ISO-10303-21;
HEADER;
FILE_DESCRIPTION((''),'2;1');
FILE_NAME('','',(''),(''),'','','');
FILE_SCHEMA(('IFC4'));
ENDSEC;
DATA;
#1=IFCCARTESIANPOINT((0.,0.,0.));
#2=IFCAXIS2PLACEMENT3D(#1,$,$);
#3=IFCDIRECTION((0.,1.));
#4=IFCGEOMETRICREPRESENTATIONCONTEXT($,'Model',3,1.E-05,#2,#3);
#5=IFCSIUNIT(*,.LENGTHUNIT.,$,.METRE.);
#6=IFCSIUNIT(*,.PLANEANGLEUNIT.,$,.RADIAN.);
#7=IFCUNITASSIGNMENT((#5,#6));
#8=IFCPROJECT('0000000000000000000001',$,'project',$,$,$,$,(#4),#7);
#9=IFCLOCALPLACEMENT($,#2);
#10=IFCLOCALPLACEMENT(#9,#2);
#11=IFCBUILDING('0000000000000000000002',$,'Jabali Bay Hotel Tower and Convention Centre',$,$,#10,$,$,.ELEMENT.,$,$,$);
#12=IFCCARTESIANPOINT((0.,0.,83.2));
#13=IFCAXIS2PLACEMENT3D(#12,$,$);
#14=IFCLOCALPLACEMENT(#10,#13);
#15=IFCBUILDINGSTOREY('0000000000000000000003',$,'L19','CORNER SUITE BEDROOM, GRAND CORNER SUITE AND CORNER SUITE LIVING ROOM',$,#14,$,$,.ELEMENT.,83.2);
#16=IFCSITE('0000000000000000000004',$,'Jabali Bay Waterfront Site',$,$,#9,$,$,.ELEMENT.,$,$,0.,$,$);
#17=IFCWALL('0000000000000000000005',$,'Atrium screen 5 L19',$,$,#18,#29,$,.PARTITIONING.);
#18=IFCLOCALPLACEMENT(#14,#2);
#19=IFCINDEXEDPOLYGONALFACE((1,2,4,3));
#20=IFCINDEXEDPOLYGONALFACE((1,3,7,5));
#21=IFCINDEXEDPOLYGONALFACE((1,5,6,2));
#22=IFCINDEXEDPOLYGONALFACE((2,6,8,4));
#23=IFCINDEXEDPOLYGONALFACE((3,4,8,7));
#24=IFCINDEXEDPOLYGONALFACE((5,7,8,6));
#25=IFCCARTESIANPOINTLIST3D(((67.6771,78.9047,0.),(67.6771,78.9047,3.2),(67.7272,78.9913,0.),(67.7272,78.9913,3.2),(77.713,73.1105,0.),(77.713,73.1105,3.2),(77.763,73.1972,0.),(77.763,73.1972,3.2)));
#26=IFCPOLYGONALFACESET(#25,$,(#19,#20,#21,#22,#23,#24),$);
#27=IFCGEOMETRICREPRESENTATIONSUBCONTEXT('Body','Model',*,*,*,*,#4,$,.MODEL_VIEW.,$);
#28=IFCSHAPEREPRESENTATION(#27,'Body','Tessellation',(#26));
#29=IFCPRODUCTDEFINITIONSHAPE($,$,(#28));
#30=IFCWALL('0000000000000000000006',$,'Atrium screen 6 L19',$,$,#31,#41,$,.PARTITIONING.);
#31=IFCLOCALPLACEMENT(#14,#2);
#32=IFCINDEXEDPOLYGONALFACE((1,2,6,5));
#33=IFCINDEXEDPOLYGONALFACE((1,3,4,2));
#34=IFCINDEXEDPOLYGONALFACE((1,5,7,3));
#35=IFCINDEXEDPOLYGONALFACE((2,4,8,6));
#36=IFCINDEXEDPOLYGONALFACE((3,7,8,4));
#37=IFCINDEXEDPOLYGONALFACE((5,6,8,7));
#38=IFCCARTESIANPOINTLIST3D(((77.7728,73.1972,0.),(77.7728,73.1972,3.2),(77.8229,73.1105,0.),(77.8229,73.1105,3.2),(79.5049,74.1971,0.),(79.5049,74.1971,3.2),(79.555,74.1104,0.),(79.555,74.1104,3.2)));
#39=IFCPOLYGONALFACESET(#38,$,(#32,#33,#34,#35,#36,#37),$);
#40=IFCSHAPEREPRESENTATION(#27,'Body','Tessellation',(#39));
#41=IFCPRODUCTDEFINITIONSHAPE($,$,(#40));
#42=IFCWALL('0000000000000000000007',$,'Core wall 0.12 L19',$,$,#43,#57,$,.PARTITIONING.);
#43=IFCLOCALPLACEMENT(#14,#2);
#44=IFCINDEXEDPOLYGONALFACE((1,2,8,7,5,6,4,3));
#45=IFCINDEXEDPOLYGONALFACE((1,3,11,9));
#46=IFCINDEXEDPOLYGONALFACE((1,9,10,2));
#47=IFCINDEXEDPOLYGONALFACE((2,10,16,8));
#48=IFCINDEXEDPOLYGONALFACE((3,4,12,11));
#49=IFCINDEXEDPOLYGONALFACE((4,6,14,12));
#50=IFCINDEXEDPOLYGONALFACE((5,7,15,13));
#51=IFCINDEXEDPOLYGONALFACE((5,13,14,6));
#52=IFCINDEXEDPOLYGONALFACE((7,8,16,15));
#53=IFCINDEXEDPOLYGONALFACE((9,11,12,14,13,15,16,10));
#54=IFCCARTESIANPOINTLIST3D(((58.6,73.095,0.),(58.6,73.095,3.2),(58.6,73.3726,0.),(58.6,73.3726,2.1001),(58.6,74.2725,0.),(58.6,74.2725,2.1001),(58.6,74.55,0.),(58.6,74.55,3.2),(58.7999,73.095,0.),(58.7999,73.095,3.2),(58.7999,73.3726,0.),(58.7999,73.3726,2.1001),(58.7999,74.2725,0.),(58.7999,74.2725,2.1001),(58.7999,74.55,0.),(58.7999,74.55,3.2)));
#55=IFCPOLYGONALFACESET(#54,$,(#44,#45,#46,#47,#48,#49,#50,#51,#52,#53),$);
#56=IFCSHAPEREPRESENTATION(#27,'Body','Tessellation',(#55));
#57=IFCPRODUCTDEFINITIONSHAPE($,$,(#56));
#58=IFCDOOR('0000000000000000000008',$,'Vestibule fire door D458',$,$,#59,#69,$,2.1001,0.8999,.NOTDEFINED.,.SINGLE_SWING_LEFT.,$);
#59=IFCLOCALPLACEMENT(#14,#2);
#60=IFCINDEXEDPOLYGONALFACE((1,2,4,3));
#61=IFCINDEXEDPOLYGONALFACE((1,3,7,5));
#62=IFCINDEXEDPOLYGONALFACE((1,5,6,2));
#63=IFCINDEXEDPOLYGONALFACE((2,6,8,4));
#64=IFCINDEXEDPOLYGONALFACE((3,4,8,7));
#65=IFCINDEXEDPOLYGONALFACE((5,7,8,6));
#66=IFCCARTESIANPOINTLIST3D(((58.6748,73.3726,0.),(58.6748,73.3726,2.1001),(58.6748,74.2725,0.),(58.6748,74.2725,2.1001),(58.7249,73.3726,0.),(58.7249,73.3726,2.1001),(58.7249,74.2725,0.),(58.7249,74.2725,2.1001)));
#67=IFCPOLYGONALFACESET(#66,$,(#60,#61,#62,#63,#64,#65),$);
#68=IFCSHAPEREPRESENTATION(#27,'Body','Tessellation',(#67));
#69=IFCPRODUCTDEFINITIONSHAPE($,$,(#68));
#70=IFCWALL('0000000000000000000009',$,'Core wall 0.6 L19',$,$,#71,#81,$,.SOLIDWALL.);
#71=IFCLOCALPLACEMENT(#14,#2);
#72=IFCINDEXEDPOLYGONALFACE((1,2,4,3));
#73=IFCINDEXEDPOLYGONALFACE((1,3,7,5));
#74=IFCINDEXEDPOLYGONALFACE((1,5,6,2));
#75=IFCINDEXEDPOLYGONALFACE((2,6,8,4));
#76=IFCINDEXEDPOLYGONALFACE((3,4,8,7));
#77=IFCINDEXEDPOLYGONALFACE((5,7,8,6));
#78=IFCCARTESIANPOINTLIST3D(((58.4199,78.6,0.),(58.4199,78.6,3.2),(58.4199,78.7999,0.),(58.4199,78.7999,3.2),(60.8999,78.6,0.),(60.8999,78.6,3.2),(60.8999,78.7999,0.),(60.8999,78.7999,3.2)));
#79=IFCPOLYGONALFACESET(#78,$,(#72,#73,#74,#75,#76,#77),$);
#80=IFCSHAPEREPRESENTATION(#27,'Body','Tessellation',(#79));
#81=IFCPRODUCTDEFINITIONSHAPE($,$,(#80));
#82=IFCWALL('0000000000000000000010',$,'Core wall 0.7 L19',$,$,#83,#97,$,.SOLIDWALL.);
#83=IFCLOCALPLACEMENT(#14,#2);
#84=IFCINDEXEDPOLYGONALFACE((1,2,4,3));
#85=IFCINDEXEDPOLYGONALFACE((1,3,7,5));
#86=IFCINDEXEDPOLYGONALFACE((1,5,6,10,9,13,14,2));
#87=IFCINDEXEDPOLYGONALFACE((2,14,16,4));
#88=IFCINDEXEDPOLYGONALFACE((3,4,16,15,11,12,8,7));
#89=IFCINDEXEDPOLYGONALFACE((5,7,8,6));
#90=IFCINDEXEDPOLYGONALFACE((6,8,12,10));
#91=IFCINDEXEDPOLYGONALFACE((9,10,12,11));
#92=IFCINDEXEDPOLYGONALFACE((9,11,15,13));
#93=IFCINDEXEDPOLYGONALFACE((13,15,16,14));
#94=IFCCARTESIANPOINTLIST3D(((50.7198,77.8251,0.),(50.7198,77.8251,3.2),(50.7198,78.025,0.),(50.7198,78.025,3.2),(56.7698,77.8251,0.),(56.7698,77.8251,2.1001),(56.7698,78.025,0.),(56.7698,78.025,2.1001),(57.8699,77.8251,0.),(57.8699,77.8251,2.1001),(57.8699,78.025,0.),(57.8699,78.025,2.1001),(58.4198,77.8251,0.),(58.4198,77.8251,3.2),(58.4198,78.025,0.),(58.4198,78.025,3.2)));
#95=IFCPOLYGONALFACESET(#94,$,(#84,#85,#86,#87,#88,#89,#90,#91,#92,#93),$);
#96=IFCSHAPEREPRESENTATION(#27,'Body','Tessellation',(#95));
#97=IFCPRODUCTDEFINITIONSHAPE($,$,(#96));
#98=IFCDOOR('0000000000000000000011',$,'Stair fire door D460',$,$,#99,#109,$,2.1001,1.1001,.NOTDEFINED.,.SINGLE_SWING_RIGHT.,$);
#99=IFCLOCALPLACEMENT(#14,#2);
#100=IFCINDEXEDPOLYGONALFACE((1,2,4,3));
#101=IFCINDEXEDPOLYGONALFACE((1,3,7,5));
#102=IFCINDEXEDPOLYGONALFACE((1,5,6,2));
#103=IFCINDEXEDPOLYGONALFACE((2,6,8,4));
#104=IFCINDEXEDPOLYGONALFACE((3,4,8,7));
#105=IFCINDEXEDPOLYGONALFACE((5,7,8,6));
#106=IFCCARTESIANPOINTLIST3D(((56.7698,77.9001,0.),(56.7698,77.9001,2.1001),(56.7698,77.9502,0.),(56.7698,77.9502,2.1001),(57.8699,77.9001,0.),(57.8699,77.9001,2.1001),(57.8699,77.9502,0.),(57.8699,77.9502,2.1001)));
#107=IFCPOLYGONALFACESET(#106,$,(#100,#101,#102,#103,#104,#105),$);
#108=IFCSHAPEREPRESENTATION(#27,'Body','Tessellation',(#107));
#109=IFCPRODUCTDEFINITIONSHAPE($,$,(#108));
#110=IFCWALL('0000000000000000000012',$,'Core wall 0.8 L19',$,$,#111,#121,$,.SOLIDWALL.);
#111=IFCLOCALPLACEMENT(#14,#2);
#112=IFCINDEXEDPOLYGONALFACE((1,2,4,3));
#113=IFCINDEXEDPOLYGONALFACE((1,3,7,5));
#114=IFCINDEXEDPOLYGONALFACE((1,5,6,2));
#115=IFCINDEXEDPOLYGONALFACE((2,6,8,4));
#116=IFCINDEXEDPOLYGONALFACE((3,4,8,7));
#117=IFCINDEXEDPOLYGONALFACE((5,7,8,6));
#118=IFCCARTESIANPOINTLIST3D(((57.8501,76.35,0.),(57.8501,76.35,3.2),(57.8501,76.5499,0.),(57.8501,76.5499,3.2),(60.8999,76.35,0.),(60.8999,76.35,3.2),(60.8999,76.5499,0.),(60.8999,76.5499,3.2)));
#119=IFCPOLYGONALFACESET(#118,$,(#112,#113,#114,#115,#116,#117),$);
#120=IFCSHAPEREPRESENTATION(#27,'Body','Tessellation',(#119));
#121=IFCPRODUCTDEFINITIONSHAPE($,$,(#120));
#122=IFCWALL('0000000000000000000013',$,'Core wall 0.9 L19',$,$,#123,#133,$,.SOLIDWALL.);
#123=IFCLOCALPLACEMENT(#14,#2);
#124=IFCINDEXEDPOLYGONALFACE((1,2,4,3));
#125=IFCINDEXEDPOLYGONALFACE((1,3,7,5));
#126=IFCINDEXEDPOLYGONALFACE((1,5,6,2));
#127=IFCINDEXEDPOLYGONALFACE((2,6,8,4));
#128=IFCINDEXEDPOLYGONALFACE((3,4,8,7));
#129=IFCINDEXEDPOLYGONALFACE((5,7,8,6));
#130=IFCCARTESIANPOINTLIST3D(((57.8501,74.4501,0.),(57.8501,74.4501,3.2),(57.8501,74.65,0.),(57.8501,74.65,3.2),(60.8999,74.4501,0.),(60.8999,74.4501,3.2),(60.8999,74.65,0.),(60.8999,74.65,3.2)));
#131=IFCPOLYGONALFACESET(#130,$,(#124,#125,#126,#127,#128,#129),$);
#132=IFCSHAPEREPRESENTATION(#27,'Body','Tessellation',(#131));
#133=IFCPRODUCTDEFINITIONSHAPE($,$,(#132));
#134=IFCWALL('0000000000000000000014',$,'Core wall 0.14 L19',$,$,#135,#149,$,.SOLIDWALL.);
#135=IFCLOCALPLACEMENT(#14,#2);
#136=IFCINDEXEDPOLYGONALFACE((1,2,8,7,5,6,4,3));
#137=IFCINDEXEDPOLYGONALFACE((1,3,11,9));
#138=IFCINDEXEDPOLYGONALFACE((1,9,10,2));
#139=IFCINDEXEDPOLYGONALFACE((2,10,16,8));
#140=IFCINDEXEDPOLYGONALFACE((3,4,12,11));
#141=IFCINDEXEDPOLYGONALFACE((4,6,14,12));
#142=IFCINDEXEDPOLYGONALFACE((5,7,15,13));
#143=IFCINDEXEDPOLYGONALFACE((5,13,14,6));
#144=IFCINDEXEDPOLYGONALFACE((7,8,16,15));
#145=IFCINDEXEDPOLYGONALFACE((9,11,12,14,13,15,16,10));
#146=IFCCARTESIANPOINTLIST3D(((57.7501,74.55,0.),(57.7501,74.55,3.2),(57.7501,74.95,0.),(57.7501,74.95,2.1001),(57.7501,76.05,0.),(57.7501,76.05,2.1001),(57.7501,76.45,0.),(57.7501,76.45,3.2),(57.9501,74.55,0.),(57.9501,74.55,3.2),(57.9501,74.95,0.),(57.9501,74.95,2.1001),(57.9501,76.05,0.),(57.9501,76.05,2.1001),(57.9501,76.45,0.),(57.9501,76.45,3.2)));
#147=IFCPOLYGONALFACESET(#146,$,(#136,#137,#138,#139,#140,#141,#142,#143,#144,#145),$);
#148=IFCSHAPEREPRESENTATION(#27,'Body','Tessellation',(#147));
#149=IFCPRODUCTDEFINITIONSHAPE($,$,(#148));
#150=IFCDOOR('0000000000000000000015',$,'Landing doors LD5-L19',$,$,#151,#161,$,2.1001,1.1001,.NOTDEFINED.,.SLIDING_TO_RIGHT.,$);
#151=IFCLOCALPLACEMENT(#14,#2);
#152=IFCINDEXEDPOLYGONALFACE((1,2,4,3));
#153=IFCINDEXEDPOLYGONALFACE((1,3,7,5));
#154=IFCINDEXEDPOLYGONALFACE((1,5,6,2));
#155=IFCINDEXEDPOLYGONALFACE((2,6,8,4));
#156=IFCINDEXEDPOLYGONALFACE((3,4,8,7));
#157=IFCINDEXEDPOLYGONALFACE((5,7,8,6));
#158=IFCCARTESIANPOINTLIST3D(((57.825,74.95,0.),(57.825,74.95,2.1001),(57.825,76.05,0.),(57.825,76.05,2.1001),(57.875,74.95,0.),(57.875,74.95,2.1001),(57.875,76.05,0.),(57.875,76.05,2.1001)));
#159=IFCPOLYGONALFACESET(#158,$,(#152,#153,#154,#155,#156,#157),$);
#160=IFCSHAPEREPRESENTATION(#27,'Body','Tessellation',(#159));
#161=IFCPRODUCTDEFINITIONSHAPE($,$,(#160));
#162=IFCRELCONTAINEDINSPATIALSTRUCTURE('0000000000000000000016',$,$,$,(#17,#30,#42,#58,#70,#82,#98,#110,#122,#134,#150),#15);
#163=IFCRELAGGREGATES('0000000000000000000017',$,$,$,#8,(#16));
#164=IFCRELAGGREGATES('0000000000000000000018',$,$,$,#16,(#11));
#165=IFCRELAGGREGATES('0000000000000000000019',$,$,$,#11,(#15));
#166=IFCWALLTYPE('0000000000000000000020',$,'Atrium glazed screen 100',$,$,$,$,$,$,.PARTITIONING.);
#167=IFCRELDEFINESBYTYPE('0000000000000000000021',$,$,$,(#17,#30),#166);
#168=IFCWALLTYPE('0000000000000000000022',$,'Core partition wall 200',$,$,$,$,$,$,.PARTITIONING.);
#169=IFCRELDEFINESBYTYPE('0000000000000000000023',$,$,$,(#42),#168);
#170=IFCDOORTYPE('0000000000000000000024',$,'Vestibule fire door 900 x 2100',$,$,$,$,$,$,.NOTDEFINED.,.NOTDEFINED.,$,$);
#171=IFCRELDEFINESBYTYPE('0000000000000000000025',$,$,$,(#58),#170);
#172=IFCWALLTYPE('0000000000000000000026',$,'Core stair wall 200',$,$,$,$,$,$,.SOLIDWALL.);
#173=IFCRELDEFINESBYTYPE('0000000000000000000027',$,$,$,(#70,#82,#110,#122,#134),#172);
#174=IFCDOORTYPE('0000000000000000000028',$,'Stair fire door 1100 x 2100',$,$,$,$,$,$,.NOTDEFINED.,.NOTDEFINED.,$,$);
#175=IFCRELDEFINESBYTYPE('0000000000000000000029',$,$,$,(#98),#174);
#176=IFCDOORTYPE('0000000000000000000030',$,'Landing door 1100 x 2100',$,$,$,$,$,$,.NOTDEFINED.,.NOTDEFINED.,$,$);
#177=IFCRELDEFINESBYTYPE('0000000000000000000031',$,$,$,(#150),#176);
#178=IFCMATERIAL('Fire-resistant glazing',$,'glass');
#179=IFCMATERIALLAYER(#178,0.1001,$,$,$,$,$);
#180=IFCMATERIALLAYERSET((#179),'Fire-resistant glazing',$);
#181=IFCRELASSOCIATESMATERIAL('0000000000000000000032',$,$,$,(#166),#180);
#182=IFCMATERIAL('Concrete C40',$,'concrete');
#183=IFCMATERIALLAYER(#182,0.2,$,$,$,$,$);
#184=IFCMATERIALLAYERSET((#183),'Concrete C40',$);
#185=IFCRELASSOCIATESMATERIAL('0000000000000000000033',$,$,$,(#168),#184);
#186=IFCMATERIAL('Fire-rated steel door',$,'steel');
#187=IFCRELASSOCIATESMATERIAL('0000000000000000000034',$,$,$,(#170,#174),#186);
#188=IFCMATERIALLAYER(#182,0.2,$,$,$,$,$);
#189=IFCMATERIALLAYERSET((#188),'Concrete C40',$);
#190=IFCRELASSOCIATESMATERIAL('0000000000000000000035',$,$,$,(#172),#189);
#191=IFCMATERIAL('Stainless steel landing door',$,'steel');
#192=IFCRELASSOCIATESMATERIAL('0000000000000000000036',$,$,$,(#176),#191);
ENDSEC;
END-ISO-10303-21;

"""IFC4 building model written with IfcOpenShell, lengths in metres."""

from ifc_helpers import new_model, si_unit, direction, frame, frame_2d, origin, place, context, subcontext, project, spatial, rectangle, extrude, material, layer, layer_set, type_object, element, fill, save


model = new_model("IFC4")

# Units and contexts
model_context = context("Model", 3, precision=1e-05, world=origin(), true_north=direction((0.0, 1.0)))
body_context = subcontext(model_context, "Body", "Model", "MODEL_VIEW")
ifc_project = project(units=[si_unit("LENGTHUNIT", "METRE"), si_unit("PLANEANGLEUNIT", "RADIAN")], contexts=[model_context])

# Site, building, storey
site_placement = place(None, origin())
site = spatial("IfcSite", under=ifc_project, at=site_placement, Name="Jabali Bay Waterfront Site", CompositionType="ELEMENT", RefElevation=0.0)
building_placement = place(site_placement, origin())
building = spatial("IfcBuilding", under=site, at=building_placement, Name="Jabali Bay Hotel Tower and Convention Centre", CompositionType="ELEMENT")
storey_placement = place(building_placement, frame((0.0, 0.0, 83.2)))
storey = spatial("IfcBuildingStorey", under=building, at=storey_placement, Name="L19", Description="CORNER SUITE BEDROOM, GRAND CORNER SUITE AND CORNER SUITE LIVING ROOM", CompositionType="ELEMENT", Elevation=83.2)

# Walls
ifc_material_1 = material(Name="Fire-resistant glazing", Category="glass")
ifc_layer_1 = layer(ifc_material_1, 0.1001)
ifc_layer_set_1 = layer_set([ifc_layer_1], Name="Fire-resistant glazing")
wall_type_1 = type_object("IfcWallType", Name="Atrium glazed screen 100", PredefinedType="PARTITIONING", material=ifc_layer_set_1)
wall_1_placement = place(storey_placement, frame((67.7021, 78.948, 0.0), z_axis=(0.0, 0.0, 1.0), x_axis=(0.866027, -0.499998, 0.0)))
element("IfcWall", 1, at=wall_1_placement, inside=storey, type_object=wall_type_1, Name="Atrium screen 5 L19", PredefinedType="PARTITIONING", context=body_context, shape_type="SweptSolid", body=[
    extrude(rectangle(XDim=11.5884, YDim=0.1001, at=frame_2d((5.7942, 0.0))), origin(), (0.0, 0.0, 1.0), 3.2),
])
wall_2_placement = place(storey_placement, frame((77.7979, 73.1538, 0.0), z_axis=(0.0, 0.0, 1.0), x_axis=(0.866041, 0.499973, 0.0)))
element("IfcWall", 2, at=wall_2_placement, inside=storey, type_object=wall_type_1, Name="Atrium screen 6 L19", PredefinedType="PARTITIONING", context=body_context, shape_type="SweptSolid", body=[
    extrude(rectangle(XDim=2.0, YDim=0.1001, at=frame_2d((1.0, 0.0))), origin(), (0.0, 0.0, 1.0), 3.2),
])

# Wall, opening, door
ifc_material_2 = material(Name="Concrete C40", Category="concrete")
ifc_layer_2 = layer(ifc_material_2, 0.2)
ifc_layer_set_2 = layer_set([ifc_layer_2], Name="Concrete C40")
wall_type_2 = type_object("IfcWallType", Name="Core partition wall 200", PredefinedType="PARTITIONING", material=ifc_layer_set_2)
wall_3_placement = place(storey_placement, frame((58.7, 74.55, 0.0), z_axis=(0.0, 0.0, 1.0), x_axis=(0.0, -1.0, 0.0)))
wall_3 = element("IfcWall", 3, at=wall_3_placement, inside=storey, type_object=wall_type_2, Name="Core wall 0.12 L19", PredefinedType="PARTITIONING", context=body_context, shape_type="SweptSolid", body=[
    extrude(rectangle(XDim=1.4551, YDim=0.2, at=frame_2d((0.7275, 0.0))), origin(), (0.0, 0.0, 1.0), 3.2),
])
opening_1_placement = place(wall_3_placement, frame((0.2776, 0.0, 0.0)))
opening_1 = element("IfcOpeningElement", 4, at=opening_1_placement, cuts=wall_3, PredefinedType="OPENING", context=body_context, shape_type="SweptSolid", body=[
    extrude(rectangle(XDim=0.8999, YDim=2.1001, at=frame_2d((0.45, 1.05))), frame((0.0, 0.1104, 0.0), z_axis=(0.0, -1.0, 0.0), x_axis=(1.0, 0.0, 0.0)), (0.0, 0.0, 1.0), 0.2209),
])
ifc_material_3 = material(Name="Fire-rated steel door", Category="steel")
door_type_1 = type_object("IfcDoorType", Name="Vestibule fire door 900 x 2100", OperationType="NOTDEFINED", PredefinedType="NOTDEFINED", material=ifc_material_3)
door_1_placement = place(opening_1_placement, origin())
door_1 = element("IfcDoor", 5, at=door_1_placement, inside=storey, type_object=door_type_1, Name="Vestibule fire door D458", OperationType="SINGLE_SWING_LEFT", OverallHeight=2.1001, OverallWidth=0.8999, PredefinedType="NOTDEFINED", context=body_context, shape_type="SweptSolid", body=[
    extrude(rectangle(XDim=0.8999, YDim=2.1001, at=frame_2d((0.45, 1.05))), frame((0.0, 0.0249, 0.0), z_axis=(0.0, -1.0, 0.0), x_axis=(1.0, 0.0, 0.0)), (0.0, 0.0, 1.0), 0.05),
])
fill(opening_1, door_1)

# Wall
ifc_layer_3 = layer(ifc_material_2, 0.2)
ifc_layer_set_3 = layer_set([ifc_layer_3], Name="Concrete C40")
wall_type_3 = type_object("IfcWallType", Name="Core stair wall 200", PredefinedType="SOLIDWALL", material=ifc_layer_set_3)
wall_4_placement = place(storey_placement, frame((60.8999, 78.7, 0.0), z_axis=(0.0, 0.0, 1.0), x_axis=(-1.0, 0.0, 0.0)))
element("IfcWall", 6, at=wall_4_placement, inside=storey, type_object=wall_type_3, Name="Core wall 0.6 L19", PredefinedType="SOLIDWALL", context=body_context, shape_type="SweptSolid", body=[
    extrude(rectangle(XDim=2.48, YDim=0.2, at=frame_2d((1.24, 0.0))), origin(), (0.0, 0.0, 1.0), 3.2),
])

# Wall, opening, door
wall_5_placement = place(storey_placement, frame((58.4199, 77.925, 0.0), z_axis=(0.0, 0.0, 1.0), x_axis=(-1.0, 0.0, 0.0)))
wall_5 = element("IfcWall", 7, at=wall_5_placement, inside=storey, type_object=wall_type_3, Name="Core wall 0.7 L19", PredefinedType="SOLIDWALL", context=body_context, shape_type="SweptSolid", body=[
    extrude(rectangle(XDim=7.7, YDim=0.2, at=frame_2d((3.8501, 0.0))), origin(), (0.0, 0.0, 1.0), 3.2),
])
opening_2_placement = place(wall_5_placement, frame((0.55, 0.0, 0.0)))
opening_2 = element("IfcOpeningElement", 8, at=opening_2_placement, cuts=wall_5, PredefinedType="OPENING", context=body_context, shape_type="SweptSolid", body=[
    extrude(rectangle(XDim=1.1001, YDim=2.1001, at=frame_2d((0.55, 1.05))), frame((0.0, 0.1104, 0.0), z_axis=(0.0, -1.0, 0.0), x_axis=(1.0, 0.0, 0.0)), (0.0, 0.0, 1.0), 0.2209),
])
door_type_2 = type_object("IfcDoorType", Name="Stair fire door 1100 x 2100", OperationType="NOTDEFINED", PredefinedType="NOTDEFINED", material=ifc_material_3)
door_2_placement = place(opening_2_placement, origin())
door_2 = element("IfcDoor", 9, at=door_2_placement, inside=storey, type_object=door_type_2, Name="Stair fire door D460", OperationType="SINGLE_SWING_RIGHT", OverallHeight=2.1001, OverallWidth=1.1001, PredefinedType="NOTDEFINED", context=body_context, shape_type="SweptSolid", body=[
    extrude(rectangle(XDim=1.1001, YDim=2.1001, at=frame_2d((0.55, 1.05))), frame((0.0, 0.0249, 0.0), z_axis=(0.0, -1.0, 0.0), x_axis=(1.0, 0.0, 0.0)), (0.0, 0.0, 1.0), 0.05),
])
fill(opening_2, door_2)

# Walls
for number, where, z_axis, x_axis, name in (
    (10, (60.8999, 76.45, 0.0), (0.0, 0.0, 1.0), (-1.0, 0.0, 0.0), "Core wall 0.8 L19"),
    (11, (60.8999, 74.55, 0.0), (0.0, 0.0, 1.0), (-1.0, 0.0, 0.0), "Core wall 0.9 L19"),
):
    element("IfcWall", number, at=place(storey_placement, frame(where, z_axis=z_axis, x_axis=x_axis)), inside=storey, type_object=wall_type_3, Name=name, PredefinedType="SOLIDWALL", context=body_context, shape_type="SweptSolid", body=[
        extrude(rectangle(XDim=3.0498, YDim=0.2, at=frame_2d((1.5249, 0.0))), origin(), (0.0, 0.0, 1.0), 3.2),
    ])

# Wall, opening, door
wall_6_placement = place(storey_placement, frame((57.8501, 76.45, 0.0), z_axis=(0.0, 0.0, 1.0), x_axis=(0.0, -1.0, 0.0)))
wall_6 = element("IfcWall", 12, at=wall_6_placement, inside=storey, type_object=wall_type_3, Name="Core wall 0.14 L19", PredefinedType="SOLIDWALL", context=body_context, shape_type="SweptSolid", body=[
    extrude(rectangle(XDim=1.8999, YDim=0.2, at=frame_2d((0.95, 0.0))), origin(), (0.0, 0.0, 1.0), 3.2),
])
opening_3_placement = place(wall_6_placement, frame((0.3999, 0.0, 0.0)))
opening_3 = element("IfcOpeningElement", 13, at=opening_3_placement, cuts=wall_6, PredefinedType="OPENING", context=body_context, shape_type="SweptSolid", body=[
    extrude(rectangle(XDim=1.1001, YDim=2.1001, at=frame_2d((0.55, 1.05))), frame((0.0, 0.1104, 0.0), z_axis=(0.0, -1.0, 0.0), x_axis=(1.0, 0.0, 0.0)), (0.0, 0.0, 1.0), 0.2209),
])
ifc_material_4 = material(Name="Stainless steel landing door", Category="steel")
door_type_3 = type_object("IfcDoorType", Name="Landing door 1100 x 2100", OperationType="NOTDEFINED", PredefinedType="NOTDEFINED", material=ifc_material_4)
door_3_placement = place(opening_3_placement, origin())
door_3 = element("IfcDoor", 14, at=door_3_placement, inside=storey, type_object=door_type_3, Name="Landing doors LD5-L19", OperationType="SLIDING_TO_RIGHT", OverallHeight=2.1001, OverallWidth=1.1001, PredefinedType="NOTDEFINED", context=body_context, shape_type="SweptSolid", body=[
    extrude(rectangle(XDim=1.1001, YDim=2.1001, at=frame_2d((0.55, 1.05))), frame((0.0, 0.0249, 0.0), z_axis=(0.0, -1.0, 0.0), x_axis=(1.0, 0.0, 0.0)), (0.0, 0.0, 1.0), 0.05),
])
fill(opening_3, door_3)

save(model, "model.ifc")
